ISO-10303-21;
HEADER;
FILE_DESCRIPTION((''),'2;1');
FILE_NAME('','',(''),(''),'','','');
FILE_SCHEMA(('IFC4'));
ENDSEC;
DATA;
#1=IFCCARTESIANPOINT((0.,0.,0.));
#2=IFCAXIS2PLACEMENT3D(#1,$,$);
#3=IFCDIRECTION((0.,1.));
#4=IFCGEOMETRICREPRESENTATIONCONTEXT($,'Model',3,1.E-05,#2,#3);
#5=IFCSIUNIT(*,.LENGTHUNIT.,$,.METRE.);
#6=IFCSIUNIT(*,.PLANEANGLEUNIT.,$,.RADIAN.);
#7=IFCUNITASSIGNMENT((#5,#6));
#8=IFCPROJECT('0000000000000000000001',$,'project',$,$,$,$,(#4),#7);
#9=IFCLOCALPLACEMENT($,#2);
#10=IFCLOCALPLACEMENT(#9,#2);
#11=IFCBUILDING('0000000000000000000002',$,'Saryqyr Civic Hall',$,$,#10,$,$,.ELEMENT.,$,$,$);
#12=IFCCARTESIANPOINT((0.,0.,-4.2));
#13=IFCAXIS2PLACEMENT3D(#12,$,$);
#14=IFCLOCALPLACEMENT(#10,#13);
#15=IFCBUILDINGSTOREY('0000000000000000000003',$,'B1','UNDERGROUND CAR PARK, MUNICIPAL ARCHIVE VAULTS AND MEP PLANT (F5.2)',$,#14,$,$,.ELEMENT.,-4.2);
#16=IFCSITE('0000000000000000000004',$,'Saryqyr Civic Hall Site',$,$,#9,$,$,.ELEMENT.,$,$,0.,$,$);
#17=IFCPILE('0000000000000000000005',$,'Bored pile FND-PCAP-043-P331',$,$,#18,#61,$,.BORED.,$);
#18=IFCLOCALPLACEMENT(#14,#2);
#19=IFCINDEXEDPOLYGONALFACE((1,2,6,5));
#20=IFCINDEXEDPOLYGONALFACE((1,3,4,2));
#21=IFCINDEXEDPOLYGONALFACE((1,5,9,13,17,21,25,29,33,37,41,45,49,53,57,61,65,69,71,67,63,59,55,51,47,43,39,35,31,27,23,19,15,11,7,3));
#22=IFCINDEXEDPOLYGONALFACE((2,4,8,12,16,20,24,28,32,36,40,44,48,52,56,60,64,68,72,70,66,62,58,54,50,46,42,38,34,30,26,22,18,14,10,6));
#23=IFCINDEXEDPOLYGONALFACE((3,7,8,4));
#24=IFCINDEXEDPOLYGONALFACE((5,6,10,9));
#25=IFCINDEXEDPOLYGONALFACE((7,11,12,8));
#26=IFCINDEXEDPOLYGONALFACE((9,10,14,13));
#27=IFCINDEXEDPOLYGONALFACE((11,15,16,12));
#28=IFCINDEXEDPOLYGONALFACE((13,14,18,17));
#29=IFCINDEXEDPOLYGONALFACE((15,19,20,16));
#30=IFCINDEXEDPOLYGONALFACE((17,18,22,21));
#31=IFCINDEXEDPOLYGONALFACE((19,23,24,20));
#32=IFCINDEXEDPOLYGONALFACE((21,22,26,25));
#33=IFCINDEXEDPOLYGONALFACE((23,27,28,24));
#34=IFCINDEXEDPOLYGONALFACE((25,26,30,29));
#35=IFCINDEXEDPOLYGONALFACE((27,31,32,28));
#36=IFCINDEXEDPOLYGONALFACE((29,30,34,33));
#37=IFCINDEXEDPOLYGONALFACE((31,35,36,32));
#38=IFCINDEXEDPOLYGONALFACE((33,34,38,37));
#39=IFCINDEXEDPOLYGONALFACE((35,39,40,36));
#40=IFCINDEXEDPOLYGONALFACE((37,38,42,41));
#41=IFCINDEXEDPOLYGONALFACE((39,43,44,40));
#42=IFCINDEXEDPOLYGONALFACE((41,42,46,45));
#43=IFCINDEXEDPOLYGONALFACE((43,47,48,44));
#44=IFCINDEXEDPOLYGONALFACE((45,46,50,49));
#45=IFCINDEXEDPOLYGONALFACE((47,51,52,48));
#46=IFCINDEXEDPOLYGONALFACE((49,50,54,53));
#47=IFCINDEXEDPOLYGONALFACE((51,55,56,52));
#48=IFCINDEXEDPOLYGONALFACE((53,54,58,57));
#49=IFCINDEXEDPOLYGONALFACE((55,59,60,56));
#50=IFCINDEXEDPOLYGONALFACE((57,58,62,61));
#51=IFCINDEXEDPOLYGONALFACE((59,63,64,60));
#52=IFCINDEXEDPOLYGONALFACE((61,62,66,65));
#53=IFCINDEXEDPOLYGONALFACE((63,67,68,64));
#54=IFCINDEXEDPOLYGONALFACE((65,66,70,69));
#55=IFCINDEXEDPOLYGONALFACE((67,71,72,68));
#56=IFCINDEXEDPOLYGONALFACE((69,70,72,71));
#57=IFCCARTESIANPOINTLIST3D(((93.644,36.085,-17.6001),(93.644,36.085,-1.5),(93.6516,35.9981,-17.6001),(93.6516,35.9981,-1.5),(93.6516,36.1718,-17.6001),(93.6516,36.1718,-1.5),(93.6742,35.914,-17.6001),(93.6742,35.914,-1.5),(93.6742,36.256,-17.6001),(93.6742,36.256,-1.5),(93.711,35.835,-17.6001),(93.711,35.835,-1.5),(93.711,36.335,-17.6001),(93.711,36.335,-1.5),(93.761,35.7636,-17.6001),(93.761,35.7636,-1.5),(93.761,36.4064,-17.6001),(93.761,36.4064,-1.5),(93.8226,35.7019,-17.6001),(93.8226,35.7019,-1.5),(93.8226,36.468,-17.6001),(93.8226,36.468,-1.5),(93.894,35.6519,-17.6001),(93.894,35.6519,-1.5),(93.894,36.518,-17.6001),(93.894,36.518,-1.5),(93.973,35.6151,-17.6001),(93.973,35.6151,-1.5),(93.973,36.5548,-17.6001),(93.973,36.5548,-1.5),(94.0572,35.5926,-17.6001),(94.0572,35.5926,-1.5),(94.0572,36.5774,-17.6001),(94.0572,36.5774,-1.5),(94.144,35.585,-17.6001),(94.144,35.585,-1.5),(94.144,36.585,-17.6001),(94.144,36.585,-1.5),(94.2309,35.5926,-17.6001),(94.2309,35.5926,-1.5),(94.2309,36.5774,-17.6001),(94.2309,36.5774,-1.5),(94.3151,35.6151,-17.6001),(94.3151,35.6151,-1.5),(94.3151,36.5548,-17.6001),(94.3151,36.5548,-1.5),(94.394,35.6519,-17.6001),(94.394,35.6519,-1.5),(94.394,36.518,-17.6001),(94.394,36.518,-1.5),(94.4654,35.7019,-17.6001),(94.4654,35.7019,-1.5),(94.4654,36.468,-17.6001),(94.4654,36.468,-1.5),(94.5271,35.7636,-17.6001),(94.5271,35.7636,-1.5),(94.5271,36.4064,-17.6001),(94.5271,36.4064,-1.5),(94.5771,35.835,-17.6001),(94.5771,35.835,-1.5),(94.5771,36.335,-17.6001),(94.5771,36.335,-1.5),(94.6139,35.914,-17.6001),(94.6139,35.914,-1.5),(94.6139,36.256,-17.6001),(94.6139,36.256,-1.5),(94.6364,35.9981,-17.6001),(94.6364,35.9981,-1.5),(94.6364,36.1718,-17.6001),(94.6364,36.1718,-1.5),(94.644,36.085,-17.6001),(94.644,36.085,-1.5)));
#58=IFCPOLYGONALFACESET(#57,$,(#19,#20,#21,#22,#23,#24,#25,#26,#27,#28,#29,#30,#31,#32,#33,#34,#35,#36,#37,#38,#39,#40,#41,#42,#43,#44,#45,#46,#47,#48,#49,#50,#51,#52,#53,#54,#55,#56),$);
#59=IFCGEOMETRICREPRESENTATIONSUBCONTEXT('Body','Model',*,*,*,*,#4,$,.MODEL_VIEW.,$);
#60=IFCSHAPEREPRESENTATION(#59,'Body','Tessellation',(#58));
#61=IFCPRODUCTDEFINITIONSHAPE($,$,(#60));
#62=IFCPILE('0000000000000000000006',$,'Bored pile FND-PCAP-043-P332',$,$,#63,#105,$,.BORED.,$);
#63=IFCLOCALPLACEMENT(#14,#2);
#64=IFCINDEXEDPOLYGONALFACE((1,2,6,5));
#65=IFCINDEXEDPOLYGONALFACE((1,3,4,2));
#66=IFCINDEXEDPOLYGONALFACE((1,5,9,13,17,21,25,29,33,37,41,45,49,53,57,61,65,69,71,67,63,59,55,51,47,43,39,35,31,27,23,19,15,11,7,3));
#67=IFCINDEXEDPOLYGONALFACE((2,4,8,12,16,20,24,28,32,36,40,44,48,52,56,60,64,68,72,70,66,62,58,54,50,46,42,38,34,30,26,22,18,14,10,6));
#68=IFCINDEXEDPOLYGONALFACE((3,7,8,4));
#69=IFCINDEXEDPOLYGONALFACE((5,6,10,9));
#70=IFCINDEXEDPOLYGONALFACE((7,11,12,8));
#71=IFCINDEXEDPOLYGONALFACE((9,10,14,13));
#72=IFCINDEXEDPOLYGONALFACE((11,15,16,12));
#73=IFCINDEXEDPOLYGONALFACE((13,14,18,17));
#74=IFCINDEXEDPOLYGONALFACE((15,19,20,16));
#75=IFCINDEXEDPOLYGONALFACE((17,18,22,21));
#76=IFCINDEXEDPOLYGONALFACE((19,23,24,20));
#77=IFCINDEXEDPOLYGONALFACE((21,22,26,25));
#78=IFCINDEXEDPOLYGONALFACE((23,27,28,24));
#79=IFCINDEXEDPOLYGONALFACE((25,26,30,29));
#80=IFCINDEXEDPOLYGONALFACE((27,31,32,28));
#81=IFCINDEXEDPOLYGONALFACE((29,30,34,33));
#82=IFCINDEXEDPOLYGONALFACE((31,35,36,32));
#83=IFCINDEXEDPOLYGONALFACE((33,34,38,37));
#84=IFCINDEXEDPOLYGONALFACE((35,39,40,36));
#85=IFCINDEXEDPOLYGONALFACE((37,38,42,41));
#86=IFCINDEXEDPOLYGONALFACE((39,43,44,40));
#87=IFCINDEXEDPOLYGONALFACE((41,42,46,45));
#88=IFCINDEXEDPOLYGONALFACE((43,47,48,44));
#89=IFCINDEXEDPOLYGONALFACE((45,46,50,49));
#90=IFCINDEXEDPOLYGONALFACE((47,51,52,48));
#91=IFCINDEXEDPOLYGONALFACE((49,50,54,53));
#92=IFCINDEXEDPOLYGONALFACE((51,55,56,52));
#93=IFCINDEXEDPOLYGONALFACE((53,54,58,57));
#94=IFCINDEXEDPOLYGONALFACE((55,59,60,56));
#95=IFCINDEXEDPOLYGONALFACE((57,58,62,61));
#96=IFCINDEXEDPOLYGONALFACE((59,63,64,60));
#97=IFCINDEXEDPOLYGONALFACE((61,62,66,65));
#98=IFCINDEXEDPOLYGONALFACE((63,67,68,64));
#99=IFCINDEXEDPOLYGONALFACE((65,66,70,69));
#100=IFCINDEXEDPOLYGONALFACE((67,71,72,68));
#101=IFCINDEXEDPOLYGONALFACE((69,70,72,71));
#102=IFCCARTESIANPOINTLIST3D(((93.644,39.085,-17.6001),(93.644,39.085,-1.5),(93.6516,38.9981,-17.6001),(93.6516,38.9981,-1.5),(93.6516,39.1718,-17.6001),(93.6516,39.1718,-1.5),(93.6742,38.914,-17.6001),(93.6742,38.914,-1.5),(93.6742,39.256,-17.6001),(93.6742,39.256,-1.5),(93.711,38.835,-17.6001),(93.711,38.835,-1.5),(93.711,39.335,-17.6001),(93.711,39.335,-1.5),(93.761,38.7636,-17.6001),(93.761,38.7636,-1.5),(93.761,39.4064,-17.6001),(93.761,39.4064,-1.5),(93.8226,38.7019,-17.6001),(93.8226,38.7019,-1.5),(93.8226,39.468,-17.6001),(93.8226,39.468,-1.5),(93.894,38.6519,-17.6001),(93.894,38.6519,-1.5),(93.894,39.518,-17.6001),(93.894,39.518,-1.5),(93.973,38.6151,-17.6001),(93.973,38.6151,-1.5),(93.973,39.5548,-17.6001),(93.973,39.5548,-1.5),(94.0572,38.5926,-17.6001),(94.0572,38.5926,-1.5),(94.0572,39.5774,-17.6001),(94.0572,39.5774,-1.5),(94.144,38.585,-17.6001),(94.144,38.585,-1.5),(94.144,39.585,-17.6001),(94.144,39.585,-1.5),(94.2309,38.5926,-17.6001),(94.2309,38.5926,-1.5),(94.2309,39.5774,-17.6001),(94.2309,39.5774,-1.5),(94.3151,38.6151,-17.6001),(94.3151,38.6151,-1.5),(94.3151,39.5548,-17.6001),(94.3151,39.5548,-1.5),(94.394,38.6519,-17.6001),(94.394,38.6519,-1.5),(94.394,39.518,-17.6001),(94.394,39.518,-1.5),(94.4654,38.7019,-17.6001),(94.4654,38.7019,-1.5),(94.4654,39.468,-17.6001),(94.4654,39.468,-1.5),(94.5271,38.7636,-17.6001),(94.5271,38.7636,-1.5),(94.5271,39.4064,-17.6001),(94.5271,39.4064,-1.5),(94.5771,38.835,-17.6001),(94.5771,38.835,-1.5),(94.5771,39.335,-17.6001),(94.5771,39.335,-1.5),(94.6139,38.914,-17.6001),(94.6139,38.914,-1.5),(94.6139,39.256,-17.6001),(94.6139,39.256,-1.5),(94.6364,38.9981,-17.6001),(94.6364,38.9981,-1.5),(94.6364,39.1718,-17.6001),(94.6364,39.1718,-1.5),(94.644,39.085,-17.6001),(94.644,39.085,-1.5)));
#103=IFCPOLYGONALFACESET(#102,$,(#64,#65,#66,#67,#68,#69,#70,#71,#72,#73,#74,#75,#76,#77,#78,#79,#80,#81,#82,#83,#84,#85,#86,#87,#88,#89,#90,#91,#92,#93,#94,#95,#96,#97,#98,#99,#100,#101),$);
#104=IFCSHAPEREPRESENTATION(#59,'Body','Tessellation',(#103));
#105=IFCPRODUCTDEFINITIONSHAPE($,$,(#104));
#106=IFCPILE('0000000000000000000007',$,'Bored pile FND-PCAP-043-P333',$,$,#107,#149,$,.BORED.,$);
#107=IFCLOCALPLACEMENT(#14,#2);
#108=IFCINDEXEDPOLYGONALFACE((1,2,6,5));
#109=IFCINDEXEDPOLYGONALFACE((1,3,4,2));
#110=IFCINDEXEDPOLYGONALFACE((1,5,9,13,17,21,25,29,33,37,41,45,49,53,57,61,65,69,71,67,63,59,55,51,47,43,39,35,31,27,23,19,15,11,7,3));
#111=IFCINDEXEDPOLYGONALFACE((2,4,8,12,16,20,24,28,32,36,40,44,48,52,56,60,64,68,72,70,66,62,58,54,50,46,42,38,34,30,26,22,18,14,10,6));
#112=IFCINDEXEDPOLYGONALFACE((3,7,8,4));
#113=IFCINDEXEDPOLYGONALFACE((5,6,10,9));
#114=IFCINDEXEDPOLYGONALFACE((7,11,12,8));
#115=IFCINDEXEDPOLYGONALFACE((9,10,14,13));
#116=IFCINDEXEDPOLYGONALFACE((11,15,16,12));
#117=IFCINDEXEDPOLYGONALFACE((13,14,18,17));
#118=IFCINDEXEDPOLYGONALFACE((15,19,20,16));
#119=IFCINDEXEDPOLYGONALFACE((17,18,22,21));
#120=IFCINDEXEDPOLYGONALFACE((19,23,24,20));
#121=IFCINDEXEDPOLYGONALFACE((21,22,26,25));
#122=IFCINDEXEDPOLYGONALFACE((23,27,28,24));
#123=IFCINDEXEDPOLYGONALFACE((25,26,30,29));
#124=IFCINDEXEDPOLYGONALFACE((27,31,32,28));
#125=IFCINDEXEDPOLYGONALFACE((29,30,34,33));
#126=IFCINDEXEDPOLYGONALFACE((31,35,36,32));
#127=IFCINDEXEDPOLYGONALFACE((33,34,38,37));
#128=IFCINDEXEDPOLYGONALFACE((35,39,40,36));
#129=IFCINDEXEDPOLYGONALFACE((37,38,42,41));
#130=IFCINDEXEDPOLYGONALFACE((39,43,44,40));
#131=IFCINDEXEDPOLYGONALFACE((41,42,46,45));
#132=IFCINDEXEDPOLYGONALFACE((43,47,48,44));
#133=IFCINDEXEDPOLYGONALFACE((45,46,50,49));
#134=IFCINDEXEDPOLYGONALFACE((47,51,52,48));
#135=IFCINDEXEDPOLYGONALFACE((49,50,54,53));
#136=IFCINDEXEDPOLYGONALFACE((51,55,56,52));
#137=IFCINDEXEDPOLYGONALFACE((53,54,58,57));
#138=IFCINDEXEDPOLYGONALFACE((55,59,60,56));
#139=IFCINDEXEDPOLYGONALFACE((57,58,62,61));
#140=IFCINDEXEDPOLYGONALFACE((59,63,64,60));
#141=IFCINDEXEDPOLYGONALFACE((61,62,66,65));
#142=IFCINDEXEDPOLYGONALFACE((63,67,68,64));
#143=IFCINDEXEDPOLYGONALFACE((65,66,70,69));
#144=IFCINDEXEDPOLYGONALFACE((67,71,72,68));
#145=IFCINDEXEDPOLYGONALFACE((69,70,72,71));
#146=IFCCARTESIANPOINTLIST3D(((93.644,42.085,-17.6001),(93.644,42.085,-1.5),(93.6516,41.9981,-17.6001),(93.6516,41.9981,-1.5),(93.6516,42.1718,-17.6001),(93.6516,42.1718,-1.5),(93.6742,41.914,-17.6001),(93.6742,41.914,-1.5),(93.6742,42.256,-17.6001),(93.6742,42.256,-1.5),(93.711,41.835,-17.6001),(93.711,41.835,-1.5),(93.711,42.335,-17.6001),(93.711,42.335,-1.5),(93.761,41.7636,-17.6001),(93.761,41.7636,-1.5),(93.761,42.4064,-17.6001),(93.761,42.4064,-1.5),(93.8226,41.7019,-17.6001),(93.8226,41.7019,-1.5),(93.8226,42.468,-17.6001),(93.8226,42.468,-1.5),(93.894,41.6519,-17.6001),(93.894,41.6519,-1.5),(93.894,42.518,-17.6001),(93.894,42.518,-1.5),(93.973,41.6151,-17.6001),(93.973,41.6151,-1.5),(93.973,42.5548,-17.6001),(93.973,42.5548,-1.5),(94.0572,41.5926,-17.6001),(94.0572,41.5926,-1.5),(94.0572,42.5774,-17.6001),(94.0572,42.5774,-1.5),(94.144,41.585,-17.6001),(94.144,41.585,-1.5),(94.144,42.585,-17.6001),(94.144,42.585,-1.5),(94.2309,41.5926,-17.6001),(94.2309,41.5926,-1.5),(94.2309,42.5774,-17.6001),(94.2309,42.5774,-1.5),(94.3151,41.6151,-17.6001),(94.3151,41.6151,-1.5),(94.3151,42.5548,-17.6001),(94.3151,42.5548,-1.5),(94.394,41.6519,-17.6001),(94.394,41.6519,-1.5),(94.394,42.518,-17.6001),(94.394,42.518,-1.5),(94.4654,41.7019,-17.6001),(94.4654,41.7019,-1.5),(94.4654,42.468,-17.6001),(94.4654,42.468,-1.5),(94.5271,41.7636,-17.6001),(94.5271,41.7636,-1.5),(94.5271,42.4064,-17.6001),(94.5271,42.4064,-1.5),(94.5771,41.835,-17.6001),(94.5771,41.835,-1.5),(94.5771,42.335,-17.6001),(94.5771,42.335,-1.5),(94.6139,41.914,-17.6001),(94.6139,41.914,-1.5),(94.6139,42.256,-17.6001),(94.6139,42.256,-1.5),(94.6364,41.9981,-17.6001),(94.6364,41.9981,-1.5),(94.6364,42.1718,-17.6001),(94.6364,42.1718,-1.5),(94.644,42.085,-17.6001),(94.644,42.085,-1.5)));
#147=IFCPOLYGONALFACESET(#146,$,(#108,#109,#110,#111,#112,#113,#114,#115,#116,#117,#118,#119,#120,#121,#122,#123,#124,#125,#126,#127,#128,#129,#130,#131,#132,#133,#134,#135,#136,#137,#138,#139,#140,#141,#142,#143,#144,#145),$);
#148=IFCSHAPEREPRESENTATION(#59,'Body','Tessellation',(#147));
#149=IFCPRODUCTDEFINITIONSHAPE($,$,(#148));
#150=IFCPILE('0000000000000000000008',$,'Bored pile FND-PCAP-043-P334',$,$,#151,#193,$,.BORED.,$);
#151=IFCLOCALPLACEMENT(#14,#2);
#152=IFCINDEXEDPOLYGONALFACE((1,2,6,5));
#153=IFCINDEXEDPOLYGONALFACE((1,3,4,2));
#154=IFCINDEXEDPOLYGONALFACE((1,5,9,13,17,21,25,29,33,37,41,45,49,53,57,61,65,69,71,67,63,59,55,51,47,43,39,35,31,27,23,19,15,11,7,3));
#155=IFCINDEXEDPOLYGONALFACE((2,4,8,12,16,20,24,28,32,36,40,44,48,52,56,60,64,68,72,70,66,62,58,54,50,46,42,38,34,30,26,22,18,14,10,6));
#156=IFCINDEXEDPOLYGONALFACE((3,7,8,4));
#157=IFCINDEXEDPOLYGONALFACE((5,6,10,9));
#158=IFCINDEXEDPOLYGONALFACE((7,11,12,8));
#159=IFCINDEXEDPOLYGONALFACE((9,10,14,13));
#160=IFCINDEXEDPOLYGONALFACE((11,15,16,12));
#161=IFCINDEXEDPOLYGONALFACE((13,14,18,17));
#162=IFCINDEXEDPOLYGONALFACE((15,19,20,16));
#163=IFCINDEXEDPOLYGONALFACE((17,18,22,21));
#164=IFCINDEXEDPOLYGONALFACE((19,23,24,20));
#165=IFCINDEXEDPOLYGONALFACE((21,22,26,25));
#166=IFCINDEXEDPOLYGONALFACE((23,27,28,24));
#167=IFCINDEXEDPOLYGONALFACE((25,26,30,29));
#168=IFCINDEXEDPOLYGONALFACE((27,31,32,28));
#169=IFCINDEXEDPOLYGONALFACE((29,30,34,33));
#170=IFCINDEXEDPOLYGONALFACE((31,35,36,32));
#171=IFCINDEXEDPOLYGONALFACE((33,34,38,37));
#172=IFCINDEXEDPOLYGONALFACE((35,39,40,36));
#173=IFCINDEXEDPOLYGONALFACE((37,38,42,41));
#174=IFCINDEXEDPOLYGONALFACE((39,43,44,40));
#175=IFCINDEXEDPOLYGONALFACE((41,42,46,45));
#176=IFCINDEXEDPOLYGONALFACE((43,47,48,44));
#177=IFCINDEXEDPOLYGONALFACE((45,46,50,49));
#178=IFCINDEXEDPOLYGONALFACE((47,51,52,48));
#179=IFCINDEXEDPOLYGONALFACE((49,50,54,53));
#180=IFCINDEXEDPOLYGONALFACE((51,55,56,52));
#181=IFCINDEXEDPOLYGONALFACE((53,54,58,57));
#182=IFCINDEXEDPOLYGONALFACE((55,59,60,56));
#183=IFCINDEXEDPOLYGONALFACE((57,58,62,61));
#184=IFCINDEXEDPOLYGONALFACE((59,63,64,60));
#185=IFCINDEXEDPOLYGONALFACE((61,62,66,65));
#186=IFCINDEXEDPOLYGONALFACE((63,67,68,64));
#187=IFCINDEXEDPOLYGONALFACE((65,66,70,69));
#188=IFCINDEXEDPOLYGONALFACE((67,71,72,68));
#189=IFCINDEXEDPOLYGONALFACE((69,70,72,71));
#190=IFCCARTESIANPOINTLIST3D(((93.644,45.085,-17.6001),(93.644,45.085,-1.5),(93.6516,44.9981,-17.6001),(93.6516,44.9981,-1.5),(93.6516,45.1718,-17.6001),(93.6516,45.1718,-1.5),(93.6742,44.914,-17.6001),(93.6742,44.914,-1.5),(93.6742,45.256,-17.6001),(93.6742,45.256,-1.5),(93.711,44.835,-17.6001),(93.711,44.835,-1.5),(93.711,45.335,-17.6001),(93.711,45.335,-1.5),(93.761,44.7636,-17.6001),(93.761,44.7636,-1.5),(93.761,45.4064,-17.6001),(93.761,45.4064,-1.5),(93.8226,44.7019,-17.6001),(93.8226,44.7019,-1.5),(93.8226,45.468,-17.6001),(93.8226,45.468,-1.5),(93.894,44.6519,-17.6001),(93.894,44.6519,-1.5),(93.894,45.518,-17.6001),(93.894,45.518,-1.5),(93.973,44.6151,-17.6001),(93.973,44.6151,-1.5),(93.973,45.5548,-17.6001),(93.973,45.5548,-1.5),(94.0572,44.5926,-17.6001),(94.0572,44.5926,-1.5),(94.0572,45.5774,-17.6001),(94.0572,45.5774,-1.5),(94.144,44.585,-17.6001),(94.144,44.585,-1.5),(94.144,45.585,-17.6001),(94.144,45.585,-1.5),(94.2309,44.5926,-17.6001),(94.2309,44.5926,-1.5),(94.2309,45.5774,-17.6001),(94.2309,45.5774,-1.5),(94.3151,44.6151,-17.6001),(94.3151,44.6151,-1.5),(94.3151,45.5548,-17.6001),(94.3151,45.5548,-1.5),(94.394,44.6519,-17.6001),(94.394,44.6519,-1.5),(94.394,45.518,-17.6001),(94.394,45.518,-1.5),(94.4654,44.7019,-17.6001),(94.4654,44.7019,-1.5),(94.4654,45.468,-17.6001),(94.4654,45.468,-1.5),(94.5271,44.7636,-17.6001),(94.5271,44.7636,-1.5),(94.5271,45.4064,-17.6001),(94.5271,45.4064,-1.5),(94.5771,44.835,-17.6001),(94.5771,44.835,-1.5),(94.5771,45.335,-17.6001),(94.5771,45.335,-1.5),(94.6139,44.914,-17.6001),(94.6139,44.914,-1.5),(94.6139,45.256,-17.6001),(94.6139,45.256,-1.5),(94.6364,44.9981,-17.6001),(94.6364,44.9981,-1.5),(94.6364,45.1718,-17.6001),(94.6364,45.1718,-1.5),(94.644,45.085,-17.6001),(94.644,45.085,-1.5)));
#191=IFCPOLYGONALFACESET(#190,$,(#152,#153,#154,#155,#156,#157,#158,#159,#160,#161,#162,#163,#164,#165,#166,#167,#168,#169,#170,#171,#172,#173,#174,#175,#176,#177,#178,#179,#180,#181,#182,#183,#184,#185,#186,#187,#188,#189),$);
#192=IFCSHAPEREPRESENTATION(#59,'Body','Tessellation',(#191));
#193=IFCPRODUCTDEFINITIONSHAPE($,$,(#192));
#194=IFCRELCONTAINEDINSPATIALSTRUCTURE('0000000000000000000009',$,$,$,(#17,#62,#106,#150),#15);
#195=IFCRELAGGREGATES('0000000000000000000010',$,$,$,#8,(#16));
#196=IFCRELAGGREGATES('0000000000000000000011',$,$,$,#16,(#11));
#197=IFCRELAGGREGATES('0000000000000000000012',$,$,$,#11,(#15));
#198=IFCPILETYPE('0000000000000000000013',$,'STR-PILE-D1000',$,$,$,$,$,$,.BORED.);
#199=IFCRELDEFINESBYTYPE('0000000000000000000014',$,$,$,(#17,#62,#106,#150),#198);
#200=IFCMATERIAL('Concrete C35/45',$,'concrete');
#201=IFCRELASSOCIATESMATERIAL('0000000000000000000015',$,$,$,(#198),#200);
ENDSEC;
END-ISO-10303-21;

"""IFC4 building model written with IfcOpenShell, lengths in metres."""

from ifc_helpers import new_model, si_unit, direction, frame, origin, origin_2d, place, context, subcontext, project, spatial, circle, extrude, material, material_profile, profile_set, type_object, element, save


model = new_model("IFC4")

# Units and contexts
model_context = context("Model", 3, precision=1e-05, world=origin(), true_north=direction((0.0, 1.0)))
body_context = subcontext(model_context, "Body", "Model", "MODEL_VIEW")
ifc_project = project(units=[si_unit("LENGTHUNIT", "METRE"), si_unit("PLANEANGLEUNIT", "RADIAN")], contexts=[model_context])

# Site, building, storey
site_placement = place(None, origin())
site = spatial("IfcSite", under=ifc_project, at=site_placement, Name="Saryqyr Civic Hall Site", CompositionType="ELEMENT", RefElevation=0.0)
building_placement = place(site_placement, origin())
building = spatial("IfcBuilding", under=site, at=building_placement, Name="Saryqyr Civic Hall", CompositionType="ELEMENT")
storey_placement = place(building_placement, frame((0.0, 0.0, -4.2)))
storey = spatial("IfcBuildingStorey", under=building, at=storey_placement, Name="B1", Description="UNDERGROUND CAR PARK, MUNICIPAL ARCHIVE VAULTS AND MEP PLANT (F5.2)", CompositionType="ELEMENT", Elevation=-4.2)

# Shared definitions
ifc_material_1 = material(Name="Concrete C35/45", Category="concrete")

# Piles
ifc_material_profile_1 = material_profile(ifc_material_1, circle(Radius=0.5, at=origin_2d()), Name="BORED PILE D1000")
ifc_profile_set_1 = profile_set([ifc_material_profile_1], Name="Concrete C35/45")
pile_type_1 = type_object("IfcPileType", Name="STR-PILE-D1000", PredefinedType="BORED", material=ifc_profile_set_1)
for number, where, z_axis, x_axis, name in (
    (1, (94.144, 36.085, -1.5), (0.0, 0.0, -1.0), (1.0, 0.0, 0.0), "Bored pile FND-PCAP-043-P331"),
    (2, (94.144, 39.085, -1.5), (0.0, 0.0, -1.0), (1.0, 0.0, 0.0), "Bored pile FND-PCAP-043-P332"),
    (3, (94.144, 42.085, -1.5), (0.0, 0.0, -1.0), (1.0, 0.0, 0.0), "Bored pile FND-PCAP-043-P333"),
    (4, (94.144, 45.085, -1.5), (0.0, 0.0, -1.0), (1.0, 0.0, 0.0), "Bored pile FND-PCAP-043-P334"),
):
    element("IfcPile", number, at=place(storey_placement, frame(where, z_axis=z_axis, x_axis=x_axis)), inside=storey, type_object=pile_type_1, Name=name, PredefinedType="BORED", context=body_context, shape_type="SweptSolid", body=[
        extrude(circle(Radius=0.5, at=origin_2d()), origin(), (0.0, 0.0, 1.0), 16.1001),
    ])

save(model, "model.ifc")
